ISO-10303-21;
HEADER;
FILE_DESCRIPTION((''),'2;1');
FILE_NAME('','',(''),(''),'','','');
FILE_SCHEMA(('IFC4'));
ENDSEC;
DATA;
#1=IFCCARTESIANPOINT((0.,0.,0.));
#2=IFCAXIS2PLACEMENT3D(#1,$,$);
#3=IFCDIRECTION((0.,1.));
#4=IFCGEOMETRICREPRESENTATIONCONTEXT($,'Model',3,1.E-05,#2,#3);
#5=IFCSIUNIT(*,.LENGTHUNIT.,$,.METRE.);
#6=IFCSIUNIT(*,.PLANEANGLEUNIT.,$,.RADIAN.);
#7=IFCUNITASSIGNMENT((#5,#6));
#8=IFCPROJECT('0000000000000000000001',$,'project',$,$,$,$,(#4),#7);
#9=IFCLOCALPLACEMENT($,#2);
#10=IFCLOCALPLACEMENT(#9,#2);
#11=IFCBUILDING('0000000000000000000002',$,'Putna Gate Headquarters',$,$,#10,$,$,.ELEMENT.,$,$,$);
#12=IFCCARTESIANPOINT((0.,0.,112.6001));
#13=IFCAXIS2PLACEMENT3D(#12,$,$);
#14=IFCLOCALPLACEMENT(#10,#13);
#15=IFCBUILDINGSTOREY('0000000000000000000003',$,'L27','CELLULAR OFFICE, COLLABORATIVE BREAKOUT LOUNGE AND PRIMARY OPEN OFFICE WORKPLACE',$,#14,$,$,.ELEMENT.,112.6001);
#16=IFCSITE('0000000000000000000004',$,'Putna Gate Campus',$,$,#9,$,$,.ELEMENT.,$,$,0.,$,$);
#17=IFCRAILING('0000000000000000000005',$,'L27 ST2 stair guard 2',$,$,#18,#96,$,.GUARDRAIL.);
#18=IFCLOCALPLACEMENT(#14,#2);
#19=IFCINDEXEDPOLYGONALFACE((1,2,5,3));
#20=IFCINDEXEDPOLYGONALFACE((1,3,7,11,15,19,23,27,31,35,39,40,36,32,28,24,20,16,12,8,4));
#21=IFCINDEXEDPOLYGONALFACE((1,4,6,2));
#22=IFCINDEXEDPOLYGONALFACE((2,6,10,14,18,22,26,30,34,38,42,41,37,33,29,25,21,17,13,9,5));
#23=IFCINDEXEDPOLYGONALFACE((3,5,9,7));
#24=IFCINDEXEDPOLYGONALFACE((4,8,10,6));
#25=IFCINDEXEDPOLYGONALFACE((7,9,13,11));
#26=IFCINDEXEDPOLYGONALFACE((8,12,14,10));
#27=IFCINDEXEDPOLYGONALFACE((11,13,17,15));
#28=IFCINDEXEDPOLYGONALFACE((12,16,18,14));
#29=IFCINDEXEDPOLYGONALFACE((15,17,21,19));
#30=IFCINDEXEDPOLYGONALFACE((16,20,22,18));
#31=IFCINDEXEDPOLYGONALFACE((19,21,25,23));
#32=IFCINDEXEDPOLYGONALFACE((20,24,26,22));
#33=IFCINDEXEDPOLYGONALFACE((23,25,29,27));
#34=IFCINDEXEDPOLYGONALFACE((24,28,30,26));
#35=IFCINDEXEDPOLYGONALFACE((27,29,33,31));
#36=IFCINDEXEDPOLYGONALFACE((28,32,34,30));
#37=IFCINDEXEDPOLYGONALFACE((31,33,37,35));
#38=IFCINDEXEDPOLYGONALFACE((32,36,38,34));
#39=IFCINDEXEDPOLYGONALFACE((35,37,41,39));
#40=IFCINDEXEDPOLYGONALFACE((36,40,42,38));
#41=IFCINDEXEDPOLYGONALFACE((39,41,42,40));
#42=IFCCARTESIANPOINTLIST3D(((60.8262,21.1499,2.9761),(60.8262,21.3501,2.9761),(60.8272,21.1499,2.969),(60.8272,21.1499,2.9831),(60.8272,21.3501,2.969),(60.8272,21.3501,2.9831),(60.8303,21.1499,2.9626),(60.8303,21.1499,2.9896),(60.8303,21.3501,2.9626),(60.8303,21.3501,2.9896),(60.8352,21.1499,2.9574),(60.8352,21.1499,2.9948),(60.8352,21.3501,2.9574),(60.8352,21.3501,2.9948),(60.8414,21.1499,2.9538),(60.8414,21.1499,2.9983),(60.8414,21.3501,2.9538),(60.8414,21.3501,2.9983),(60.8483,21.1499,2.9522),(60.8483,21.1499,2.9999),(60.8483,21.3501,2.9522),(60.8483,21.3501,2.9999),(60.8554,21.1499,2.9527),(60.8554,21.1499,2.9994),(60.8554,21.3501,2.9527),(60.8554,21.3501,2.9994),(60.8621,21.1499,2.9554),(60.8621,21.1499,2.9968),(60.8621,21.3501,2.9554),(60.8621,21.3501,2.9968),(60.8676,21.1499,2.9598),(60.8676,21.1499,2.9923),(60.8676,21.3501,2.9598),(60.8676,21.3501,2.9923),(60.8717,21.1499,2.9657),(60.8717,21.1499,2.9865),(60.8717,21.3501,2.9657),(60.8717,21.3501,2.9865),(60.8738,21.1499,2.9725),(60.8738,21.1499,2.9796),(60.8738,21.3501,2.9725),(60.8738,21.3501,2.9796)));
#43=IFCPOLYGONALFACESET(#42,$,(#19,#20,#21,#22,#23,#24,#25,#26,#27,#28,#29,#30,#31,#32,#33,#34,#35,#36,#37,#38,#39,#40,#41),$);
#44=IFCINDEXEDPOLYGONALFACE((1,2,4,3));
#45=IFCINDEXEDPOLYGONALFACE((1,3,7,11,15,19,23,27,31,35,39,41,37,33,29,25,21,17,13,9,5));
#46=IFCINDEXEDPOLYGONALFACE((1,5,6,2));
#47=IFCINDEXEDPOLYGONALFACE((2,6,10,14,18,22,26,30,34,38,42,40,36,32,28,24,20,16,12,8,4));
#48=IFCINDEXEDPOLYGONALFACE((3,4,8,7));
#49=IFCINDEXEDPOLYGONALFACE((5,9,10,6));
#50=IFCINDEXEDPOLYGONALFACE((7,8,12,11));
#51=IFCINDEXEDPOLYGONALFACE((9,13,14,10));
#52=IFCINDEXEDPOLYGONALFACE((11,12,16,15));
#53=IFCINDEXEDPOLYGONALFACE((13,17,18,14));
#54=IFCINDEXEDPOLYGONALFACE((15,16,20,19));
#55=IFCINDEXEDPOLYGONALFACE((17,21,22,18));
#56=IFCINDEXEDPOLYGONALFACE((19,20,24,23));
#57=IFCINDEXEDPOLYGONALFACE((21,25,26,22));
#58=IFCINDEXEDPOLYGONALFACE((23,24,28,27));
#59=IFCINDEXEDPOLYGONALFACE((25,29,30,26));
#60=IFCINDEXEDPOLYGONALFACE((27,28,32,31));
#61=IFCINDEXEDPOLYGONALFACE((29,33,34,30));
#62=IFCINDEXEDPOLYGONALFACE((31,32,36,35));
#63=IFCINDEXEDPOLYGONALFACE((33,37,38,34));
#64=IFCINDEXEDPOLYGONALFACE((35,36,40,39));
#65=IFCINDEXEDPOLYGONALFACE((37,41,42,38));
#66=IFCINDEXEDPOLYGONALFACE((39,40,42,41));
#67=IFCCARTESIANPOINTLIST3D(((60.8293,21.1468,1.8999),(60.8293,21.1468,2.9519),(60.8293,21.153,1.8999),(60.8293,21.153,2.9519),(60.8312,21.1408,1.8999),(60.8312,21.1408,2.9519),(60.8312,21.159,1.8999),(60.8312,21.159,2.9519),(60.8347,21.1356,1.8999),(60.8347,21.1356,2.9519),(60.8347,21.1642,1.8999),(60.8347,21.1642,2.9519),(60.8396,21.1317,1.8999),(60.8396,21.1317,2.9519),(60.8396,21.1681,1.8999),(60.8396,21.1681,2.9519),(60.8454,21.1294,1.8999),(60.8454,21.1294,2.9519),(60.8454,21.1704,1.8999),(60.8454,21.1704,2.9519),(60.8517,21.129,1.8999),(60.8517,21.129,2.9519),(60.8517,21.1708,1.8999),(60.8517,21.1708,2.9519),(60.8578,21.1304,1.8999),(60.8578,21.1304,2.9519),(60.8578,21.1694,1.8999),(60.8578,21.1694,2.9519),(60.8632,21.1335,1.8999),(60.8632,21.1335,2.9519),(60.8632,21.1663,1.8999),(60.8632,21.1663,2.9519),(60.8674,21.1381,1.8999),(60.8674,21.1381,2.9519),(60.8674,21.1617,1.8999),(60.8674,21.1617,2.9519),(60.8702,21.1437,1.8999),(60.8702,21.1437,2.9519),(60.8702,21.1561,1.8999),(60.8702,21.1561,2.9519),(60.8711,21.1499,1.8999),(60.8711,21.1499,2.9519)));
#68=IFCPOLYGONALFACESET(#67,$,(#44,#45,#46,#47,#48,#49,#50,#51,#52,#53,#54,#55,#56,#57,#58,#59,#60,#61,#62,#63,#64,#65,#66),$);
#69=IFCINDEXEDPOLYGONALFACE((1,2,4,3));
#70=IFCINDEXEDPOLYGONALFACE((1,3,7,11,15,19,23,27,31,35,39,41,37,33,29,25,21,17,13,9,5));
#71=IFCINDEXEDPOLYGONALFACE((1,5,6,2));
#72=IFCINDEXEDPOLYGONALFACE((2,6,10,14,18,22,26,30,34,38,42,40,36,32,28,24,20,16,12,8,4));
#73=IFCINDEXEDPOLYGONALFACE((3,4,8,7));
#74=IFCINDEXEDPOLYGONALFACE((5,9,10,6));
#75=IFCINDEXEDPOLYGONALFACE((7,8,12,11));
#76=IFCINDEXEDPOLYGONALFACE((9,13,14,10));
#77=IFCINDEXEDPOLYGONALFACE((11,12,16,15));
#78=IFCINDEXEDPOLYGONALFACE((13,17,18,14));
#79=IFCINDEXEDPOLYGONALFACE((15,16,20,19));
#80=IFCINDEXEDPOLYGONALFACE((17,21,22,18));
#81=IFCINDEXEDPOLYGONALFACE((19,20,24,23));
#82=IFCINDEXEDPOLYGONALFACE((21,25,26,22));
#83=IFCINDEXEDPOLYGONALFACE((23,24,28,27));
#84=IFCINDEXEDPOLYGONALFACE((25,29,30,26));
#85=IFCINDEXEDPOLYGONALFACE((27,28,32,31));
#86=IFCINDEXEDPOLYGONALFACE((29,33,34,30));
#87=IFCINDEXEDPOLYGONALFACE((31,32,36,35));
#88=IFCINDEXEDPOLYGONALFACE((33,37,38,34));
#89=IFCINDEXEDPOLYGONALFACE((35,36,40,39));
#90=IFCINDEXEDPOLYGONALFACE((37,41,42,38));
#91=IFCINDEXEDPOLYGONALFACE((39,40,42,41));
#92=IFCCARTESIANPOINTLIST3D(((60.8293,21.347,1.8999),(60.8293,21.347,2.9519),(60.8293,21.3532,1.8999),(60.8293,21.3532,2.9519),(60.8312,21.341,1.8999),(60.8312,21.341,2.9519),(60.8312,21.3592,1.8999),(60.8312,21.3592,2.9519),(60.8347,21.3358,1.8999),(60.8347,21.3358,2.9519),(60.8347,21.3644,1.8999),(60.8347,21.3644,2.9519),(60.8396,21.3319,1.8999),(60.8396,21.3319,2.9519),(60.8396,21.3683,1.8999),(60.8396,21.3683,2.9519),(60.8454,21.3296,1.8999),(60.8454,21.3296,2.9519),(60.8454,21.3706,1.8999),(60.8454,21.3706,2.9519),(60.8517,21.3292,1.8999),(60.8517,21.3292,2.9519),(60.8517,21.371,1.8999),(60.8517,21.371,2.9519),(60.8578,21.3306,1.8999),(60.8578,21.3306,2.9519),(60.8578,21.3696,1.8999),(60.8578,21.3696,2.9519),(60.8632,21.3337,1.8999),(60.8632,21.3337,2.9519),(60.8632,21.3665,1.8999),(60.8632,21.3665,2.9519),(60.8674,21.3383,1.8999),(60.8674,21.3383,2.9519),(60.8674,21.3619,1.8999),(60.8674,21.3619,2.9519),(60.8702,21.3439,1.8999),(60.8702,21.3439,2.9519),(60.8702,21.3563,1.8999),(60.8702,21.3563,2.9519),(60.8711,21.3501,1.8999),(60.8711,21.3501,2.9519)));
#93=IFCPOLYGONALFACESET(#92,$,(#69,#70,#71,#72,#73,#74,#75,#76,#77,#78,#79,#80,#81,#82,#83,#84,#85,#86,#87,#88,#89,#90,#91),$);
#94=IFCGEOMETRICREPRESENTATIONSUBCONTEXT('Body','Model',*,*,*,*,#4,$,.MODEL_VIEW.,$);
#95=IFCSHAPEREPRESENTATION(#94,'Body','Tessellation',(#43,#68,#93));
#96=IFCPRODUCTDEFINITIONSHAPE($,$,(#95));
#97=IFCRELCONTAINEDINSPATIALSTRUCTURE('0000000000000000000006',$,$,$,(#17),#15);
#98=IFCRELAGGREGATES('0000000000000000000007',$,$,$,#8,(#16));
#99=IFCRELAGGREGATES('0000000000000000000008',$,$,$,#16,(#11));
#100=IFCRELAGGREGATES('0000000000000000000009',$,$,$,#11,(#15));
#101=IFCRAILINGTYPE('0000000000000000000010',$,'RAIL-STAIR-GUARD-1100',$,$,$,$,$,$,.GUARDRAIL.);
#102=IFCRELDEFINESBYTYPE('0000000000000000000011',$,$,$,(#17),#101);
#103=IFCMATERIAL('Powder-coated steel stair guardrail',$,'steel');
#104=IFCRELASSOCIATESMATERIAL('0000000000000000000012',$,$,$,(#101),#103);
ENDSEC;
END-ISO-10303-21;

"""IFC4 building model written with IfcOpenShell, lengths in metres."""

from ifc_helpers import new_model, si_unit, direction, frame, origin, origin_2d, place, context, subcontext, project, spatial, circle, extrude, material, type_object, element, save


model = new_model("IFC4")

# Units and contexts
model_context = context("Model", 3, precision=1e-05, world=origin(), true_north=direction((0.0, 1.0)))
body_context = subcontext(model_context, "Body", "Model", "MODEL_VIEW")
ifc_project = project(units=[si_unit("LENGTHUNIT", "METRE"), si_unit("PLANEANGLEUNIT", "RADIAN")], contexts=[model_context])

# Site, building, storey
site_placement = place(None, origin())
site = spatial("IfcSite", under=ifc_project, at=site_placement, Name="Putna Gate Campus", CompositionType="ELEMENT", RefElevation=0.0)
building_placement = place(site_placement, origin())
building = spatial("IfcBuilding", under=site, at=building_placement, Name="Putna Gate Headquarters", CompositionType="ELEMENT")
storey_placement = place(building_placement, frame((0.0, 0.0, 112.6001)))
storey = spatial("IfcBuildingStorey", under=building, at=storey_placement, Name="L27", Description="CELLULAR OFFICE, COLLABORATIVE BREAKOUT LOUNGE AND PRIMARY OPEN OFFICE WORKPLACE", CompositionType="ELEMENT", Elevation=112.6001)

# Railing
ifc_material_1 = material(Name="Powder-coated steel stair guardrail", Category="steel")
railing_type_1 = type_object("IfcRailingType", Name="RAIL-STAIR-GUARD-1100", PredefinedType="GUARDRAIL", material=ifc_material_1)
railing_1_placement = place(storey_placement, frame((60.8501, 21.1499, 1.8999)))
element("IfcRailing", 1, at=railing_1_placement, inside=storey, type_object=railing_type_1, Name="L27 ST2 stair guard 2", PredefinedType="GUARDRAIL", context=body_context, shape_type="SweptSolid", body=[
    extrude(circle(Radius=0.0239, at=origin_2d()), frame((0.0, 0.0, 1.0762), z_axis=(0.0, 1.0, 0.0), x_axis=(-1.0, 0.0, 0.0)), (0.0, 0.0, 1.0), 0.2002),
    extrude(circle(Radius=0.021, at=origin_2d()), origin(), (0.0, 0.0, 1.0), 1.052),
    extrude(circle(Radius=0.021, at=origin_2d()), frame((0.0, 0.2002, 0.0)), (0.0, 0.0, 1.0), 1.052),
])

save(model, "model.ifc")
